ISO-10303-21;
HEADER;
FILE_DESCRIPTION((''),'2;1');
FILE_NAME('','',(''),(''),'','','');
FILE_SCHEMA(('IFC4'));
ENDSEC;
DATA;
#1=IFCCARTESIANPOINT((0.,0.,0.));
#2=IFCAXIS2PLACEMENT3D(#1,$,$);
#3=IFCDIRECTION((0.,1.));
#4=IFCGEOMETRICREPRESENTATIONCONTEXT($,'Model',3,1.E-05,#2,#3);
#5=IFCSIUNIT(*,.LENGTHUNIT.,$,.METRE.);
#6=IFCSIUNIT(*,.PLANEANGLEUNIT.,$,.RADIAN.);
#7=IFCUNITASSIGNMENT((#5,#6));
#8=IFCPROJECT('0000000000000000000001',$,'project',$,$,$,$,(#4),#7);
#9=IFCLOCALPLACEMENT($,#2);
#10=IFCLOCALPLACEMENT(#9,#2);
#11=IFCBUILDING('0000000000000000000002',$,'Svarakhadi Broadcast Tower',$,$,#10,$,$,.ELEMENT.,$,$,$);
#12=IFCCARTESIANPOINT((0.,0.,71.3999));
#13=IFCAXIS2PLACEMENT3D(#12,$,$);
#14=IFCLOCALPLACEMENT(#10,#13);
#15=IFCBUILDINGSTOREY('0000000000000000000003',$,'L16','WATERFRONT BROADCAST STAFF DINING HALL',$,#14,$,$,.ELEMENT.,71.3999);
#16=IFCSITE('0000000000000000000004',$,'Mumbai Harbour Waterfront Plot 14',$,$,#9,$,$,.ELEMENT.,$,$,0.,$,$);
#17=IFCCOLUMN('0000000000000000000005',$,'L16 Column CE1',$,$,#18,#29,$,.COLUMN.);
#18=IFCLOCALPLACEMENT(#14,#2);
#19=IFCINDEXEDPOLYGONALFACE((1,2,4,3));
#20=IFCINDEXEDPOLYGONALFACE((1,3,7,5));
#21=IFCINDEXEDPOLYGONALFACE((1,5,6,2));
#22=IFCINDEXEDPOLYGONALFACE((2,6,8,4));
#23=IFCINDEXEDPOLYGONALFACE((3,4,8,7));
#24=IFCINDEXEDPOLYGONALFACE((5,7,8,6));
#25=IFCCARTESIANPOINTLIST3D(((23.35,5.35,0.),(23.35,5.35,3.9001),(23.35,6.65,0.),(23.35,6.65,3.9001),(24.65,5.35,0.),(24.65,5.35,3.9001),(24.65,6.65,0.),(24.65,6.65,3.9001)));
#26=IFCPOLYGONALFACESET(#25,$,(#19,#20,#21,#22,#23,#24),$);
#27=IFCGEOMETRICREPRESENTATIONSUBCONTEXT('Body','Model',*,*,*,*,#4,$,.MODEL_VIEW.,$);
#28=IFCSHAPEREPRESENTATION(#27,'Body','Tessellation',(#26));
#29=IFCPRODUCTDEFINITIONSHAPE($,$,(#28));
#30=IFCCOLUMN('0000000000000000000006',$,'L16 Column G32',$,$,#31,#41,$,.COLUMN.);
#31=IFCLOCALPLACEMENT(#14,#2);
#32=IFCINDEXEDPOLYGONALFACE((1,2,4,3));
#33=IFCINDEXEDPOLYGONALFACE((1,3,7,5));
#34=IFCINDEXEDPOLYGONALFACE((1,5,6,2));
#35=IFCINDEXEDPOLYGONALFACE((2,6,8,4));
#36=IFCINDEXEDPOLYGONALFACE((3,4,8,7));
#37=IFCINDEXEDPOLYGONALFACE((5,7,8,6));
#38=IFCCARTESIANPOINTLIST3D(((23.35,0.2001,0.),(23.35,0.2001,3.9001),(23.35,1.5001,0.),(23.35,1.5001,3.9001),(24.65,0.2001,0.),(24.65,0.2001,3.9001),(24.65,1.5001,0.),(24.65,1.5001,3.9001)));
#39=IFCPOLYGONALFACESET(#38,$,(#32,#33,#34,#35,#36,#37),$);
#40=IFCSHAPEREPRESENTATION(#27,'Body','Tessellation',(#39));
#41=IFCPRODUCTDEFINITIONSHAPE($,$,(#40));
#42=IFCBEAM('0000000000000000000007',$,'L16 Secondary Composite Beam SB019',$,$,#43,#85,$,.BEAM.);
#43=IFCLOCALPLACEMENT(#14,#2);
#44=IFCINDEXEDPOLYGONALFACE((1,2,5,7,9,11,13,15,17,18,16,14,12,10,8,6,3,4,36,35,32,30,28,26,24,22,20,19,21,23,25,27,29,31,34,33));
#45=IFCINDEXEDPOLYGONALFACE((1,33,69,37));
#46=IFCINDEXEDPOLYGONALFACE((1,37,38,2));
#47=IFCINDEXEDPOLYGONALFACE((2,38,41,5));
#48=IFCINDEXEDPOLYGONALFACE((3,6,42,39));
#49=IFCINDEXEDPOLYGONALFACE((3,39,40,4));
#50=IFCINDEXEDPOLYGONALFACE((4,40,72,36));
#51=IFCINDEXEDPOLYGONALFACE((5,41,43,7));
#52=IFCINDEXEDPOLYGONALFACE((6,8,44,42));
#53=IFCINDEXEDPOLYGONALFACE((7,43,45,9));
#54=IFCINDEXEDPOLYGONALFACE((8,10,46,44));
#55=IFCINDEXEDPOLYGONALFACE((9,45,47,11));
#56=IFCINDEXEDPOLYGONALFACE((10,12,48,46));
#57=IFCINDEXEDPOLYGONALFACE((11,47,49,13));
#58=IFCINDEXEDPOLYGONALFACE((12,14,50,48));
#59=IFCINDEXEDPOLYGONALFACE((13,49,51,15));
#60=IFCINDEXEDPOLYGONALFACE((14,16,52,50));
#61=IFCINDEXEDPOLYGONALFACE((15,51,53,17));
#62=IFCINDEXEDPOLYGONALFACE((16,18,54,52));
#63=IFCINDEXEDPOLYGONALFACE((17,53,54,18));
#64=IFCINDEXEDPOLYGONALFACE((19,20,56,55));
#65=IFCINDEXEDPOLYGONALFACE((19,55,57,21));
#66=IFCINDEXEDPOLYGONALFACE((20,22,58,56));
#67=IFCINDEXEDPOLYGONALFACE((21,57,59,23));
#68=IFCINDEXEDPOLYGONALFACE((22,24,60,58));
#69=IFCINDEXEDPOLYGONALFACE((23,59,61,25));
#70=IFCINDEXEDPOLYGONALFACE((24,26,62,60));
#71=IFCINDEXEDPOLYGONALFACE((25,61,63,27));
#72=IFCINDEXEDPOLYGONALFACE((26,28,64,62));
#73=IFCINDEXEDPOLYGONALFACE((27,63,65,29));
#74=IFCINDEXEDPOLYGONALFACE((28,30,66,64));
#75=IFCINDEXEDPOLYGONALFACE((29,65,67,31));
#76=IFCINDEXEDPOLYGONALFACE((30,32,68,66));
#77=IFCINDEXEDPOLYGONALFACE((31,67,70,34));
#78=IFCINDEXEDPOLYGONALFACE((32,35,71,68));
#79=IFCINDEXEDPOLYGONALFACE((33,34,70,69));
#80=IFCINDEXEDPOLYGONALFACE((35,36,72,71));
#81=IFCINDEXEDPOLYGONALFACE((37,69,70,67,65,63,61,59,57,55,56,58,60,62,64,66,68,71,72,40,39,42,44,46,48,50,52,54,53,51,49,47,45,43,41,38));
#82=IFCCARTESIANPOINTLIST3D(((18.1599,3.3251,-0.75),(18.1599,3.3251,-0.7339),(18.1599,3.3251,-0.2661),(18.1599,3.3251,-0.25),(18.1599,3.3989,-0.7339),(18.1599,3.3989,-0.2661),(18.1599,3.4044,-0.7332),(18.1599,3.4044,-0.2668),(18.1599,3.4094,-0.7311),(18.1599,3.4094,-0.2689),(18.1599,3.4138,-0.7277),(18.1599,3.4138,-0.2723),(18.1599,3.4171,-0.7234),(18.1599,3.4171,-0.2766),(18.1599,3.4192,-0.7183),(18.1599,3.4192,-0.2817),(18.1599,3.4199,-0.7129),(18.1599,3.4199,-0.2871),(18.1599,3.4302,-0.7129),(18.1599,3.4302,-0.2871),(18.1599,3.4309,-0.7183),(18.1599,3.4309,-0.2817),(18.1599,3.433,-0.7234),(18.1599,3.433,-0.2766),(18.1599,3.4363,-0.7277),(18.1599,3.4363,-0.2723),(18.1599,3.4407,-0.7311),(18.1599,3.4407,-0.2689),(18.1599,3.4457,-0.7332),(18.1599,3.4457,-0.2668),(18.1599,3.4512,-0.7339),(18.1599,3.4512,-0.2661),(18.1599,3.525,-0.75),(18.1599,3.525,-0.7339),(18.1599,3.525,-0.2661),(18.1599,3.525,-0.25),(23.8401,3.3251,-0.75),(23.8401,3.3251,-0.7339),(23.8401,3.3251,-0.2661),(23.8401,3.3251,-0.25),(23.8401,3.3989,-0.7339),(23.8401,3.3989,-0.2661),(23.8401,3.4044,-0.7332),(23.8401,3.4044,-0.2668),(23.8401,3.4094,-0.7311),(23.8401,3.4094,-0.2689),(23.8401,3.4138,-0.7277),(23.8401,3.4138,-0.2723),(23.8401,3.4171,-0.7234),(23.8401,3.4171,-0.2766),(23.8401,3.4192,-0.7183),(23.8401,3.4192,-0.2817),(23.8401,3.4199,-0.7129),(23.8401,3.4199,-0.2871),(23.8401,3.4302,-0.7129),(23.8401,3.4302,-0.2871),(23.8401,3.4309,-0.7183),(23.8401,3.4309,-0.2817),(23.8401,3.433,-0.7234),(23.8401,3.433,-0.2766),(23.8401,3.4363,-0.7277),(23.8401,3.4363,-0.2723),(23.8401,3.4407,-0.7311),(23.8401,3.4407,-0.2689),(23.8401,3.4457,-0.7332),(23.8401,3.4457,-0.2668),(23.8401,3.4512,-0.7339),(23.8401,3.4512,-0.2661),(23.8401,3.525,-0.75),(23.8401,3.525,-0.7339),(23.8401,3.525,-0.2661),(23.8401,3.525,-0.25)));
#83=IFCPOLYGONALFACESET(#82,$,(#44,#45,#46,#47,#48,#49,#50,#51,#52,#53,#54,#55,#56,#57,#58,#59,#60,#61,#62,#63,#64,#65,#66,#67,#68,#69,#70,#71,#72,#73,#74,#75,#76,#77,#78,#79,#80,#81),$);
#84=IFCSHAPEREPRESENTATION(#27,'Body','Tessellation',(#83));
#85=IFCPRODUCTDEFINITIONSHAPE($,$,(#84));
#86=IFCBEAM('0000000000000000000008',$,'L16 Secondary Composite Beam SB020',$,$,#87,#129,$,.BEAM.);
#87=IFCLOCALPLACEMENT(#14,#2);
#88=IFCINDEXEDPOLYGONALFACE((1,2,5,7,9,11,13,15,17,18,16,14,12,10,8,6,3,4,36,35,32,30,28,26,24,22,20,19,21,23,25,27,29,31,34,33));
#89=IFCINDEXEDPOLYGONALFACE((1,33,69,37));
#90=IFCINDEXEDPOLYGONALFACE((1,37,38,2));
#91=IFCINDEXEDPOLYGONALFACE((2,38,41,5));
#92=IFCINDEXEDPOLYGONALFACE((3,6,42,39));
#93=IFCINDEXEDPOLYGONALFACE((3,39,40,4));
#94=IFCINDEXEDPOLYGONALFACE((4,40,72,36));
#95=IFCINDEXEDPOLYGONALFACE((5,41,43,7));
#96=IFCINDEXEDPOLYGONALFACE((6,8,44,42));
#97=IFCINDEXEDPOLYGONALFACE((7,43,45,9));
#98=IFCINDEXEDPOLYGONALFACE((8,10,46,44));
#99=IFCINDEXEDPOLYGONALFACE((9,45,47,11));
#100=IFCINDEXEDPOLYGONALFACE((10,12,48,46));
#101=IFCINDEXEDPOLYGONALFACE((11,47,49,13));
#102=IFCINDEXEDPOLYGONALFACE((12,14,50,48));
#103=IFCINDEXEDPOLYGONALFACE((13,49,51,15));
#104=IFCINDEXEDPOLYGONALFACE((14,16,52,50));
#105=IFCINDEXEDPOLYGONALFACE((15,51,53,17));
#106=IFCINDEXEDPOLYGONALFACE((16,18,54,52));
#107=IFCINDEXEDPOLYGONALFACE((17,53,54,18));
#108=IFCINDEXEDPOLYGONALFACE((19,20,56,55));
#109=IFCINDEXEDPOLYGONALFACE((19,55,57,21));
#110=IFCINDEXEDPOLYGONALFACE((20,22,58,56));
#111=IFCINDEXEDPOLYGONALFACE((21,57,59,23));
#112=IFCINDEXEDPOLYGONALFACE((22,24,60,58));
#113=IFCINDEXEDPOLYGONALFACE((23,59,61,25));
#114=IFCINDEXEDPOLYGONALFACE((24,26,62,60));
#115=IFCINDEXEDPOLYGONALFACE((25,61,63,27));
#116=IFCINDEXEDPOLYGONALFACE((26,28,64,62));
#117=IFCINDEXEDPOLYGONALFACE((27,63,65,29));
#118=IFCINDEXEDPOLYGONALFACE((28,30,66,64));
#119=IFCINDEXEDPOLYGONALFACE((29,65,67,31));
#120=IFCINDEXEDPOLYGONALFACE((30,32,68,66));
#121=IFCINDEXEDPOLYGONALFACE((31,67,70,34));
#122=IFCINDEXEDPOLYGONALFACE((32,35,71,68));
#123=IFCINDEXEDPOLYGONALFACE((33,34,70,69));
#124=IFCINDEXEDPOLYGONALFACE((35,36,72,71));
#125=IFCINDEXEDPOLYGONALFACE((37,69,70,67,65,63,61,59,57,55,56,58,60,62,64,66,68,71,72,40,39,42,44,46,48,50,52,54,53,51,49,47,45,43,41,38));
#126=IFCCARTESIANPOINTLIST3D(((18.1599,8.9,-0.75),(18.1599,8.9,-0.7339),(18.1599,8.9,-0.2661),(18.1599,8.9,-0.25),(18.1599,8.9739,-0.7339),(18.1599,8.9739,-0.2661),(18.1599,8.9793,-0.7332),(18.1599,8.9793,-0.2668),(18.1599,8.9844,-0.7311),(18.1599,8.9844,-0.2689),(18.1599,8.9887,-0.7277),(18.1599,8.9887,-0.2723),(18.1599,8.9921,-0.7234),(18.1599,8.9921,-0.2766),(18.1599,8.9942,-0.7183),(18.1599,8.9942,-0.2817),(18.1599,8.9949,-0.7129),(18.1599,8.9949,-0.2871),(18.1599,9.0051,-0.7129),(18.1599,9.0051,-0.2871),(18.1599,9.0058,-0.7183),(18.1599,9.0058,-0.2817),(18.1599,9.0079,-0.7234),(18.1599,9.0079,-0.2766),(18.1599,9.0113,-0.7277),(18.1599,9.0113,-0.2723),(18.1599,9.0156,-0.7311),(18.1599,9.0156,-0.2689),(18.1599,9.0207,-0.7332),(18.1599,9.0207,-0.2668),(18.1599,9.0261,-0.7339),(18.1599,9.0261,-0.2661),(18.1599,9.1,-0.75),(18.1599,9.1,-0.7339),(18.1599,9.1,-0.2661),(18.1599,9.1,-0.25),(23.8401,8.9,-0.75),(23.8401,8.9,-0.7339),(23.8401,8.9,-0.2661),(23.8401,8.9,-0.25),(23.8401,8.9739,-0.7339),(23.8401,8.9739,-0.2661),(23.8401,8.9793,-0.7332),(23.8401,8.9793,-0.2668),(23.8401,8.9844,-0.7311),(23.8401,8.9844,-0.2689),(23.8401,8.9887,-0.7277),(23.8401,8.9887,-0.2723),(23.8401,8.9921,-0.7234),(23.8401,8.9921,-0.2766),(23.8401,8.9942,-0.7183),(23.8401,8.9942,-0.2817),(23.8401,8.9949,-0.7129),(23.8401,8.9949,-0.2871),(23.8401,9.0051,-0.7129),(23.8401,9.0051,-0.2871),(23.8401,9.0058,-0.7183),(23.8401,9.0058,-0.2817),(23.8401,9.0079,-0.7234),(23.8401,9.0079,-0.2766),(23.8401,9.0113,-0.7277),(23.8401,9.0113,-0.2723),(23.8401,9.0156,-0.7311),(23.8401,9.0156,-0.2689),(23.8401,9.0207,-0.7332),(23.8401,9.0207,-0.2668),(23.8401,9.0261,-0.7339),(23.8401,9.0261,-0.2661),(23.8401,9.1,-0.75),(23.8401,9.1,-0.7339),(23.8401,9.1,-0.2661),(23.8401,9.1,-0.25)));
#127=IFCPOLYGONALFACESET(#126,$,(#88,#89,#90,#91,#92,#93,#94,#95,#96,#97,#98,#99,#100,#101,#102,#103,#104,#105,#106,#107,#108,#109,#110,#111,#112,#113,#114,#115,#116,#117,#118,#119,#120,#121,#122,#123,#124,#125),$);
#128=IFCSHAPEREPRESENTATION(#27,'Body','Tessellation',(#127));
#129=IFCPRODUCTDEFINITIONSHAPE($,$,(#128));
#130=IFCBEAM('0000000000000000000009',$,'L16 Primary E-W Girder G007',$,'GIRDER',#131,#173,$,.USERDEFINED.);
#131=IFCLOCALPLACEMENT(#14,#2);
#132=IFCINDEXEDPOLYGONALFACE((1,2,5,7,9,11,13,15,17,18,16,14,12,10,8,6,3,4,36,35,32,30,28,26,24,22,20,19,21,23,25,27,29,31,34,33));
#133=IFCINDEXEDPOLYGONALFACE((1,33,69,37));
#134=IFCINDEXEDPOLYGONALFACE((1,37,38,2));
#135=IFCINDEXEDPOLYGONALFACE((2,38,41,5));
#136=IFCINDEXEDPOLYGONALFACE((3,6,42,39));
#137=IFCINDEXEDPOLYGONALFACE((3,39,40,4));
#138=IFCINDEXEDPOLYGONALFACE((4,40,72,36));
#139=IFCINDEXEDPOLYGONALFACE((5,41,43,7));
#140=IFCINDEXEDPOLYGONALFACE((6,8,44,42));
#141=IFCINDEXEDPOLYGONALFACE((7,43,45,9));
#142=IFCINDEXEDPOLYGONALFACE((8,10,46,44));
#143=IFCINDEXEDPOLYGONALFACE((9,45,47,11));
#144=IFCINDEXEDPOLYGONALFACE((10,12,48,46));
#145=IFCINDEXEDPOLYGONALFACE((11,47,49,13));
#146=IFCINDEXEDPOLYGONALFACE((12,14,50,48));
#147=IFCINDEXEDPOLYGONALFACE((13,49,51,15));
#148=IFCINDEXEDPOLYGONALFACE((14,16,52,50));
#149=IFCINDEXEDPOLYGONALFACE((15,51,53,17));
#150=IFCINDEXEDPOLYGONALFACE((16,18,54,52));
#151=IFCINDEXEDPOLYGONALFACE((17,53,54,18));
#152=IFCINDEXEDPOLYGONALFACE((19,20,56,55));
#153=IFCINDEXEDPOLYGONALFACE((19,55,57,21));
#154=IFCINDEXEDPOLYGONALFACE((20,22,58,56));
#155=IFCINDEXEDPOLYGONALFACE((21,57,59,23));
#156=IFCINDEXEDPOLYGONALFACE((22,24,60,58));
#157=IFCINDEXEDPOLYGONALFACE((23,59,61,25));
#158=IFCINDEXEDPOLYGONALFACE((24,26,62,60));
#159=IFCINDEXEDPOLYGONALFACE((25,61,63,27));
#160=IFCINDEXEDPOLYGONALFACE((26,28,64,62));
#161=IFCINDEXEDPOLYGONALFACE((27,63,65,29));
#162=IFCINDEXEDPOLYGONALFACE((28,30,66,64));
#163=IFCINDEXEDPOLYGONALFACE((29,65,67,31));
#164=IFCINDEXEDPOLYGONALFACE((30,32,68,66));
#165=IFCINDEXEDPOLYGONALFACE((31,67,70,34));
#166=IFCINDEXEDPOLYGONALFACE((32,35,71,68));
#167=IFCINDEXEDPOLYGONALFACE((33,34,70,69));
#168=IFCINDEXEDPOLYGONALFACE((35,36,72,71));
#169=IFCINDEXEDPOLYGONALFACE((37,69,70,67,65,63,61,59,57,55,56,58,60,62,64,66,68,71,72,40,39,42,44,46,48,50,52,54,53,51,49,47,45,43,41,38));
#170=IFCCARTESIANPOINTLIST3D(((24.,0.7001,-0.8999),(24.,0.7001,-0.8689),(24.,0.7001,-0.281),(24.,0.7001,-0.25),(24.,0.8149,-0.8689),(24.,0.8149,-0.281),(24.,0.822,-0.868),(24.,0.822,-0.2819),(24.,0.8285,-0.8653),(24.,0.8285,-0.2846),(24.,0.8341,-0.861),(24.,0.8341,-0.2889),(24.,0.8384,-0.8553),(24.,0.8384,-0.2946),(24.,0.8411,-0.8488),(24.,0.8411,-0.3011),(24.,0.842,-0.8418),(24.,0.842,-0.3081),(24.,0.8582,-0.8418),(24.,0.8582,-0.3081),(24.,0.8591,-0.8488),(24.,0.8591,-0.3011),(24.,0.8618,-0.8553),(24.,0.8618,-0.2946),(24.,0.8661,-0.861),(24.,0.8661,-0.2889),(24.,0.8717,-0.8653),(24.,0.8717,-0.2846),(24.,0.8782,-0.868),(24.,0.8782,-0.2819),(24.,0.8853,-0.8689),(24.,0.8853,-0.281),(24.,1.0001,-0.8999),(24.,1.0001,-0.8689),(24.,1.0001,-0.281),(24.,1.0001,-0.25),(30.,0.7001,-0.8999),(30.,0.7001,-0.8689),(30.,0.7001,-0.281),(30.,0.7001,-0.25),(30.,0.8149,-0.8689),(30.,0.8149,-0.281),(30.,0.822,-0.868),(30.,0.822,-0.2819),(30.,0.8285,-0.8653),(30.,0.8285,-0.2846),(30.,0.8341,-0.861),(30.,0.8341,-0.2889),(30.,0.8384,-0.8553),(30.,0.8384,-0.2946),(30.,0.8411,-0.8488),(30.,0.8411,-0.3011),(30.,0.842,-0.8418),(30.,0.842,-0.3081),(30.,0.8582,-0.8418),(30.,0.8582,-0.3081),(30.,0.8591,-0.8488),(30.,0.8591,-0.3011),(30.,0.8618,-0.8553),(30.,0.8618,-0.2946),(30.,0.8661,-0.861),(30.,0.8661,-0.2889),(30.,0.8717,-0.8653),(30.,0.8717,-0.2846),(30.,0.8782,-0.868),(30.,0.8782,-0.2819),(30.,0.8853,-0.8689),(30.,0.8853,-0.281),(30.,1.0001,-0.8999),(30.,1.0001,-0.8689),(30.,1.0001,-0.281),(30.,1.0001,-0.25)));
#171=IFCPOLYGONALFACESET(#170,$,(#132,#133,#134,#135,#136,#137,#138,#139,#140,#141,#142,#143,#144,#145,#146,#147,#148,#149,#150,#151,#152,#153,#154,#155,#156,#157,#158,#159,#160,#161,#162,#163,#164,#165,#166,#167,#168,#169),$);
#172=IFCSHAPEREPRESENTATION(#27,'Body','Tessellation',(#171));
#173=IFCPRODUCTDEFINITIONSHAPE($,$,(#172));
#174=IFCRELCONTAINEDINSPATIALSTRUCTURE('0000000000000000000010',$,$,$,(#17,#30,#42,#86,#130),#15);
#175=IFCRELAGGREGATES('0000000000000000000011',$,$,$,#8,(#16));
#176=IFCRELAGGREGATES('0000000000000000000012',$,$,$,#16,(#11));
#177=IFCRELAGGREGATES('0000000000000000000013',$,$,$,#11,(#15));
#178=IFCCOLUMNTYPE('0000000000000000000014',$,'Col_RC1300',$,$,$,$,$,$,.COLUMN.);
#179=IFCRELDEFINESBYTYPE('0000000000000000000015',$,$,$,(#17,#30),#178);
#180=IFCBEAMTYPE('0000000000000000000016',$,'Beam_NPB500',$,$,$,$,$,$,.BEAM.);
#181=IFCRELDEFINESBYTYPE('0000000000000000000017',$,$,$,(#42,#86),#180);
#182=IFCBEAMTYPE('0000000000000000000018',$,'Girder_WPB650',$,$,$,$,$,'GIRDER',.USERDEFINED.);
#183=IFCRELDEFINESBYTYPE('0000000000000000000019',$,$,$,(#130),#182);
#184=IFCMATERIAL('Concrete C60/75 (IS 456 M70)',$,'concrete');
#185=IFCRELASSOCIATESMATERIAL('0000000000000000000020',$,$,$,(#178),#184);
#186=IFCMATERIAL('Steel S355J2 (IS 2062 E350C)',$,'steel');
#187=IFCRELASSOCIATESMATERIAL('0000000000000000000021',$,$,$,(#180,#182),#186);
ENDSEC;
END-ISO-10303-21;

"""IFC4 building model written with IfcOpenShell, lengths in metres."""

from ifc_helpers import new_model, si_unit, direction, frame, origin, origin_2d, place, context, subcontext, project, spatial, rectangle, i_section, extrude, material, material_profile, profile_set, type_object, element, save


model = new_model("IFC4")

# Units and contexts
model_context = context("Model", 3, precision=1e-05, world=origin(), true_north=direction((0.0, 1.0)))
body_context = subcontext(model_context, "Body", "Model", "MODEL_VIEW")
ifc_project = project(units=[si_unit("LENGTHUNIT", "METRE"), si_unit("PLANEANGLEUNIT", "RADIAN")], contexts=[model_context])

# Site, building, storey
site_placement = place(None, origin())
site = spatial("IfcSite", under=ifc_project, at=site_placement, Name="Mumbai Harbour Waterfront Plot 14", CompositionType="ELEMENT", RefElevation=0.0)
building_placement = place(site_placement, origin())
building = spatial("IfcBuilding", under=site, at=building_placement, Name="Svarakhadi Broadcast Tower", CompositionType="ELEMENT")
storey_placement = place(building_placement, frame((0.0, 0.0, 71.3999)))
storey = spatial("IfcBuildingStorey", under=building, at=storey_placement, Name="L16", Description="WATERFRONT BROADCAST STAFF DINING HALL", CompositionType="ELEMENT", Elevation=71.3999)

# Columns
ifc_material_1 = material(Name="Concrete C60/75 (IS 456 M70)", Category="concrete")
ifc_material_profile_1 = material_profile(ifc_material_1, rectangle(XDim=1.3, YDim=1.3, at=origin_2d()), Name="RC 1300x1300")
ifc_profile_set_1 = profile_set([ifc_material_profile_1], Name="Concrete C60/75 (IS 456 M70)")
column_type = type_object("IfcColumnType", Name="Col_RC1300", PredefinedType="COLUMN", material=ifc_profile_set_1)
for number, where, z_axis, x_axis, name in (
    (1, (24.0, 6.0, 0.0), (0.0, 0.0, 1.0), (1.0, 0.0, 0.0), "L16 Column CE1"),
    (2, (24.0, 0.8501, 0.0), (0.0, 0.0, 1.0), (1.0, 0.0, 0.0), "L16 Column G32"),
):
    element("IfcColumn", number, at=place(storey_placement, frame(where, z_axis=z_axis, x_axis=x_axis)), inside=storey, type_object=column_type, Name=name, PredefinedType="COLUMN", context=body_context, shape_type="SweptSolid", body=[
        extrude(rectangle(XDim=1.3, YDim=1.3, at=origin_2d()), origin(), (0.0, 0.0, 1.0), 3.9001),
    ])

# Beams
ifc_material_2 = material(Name="Steel S355J2 (IS 2062 E350C)", Category="steel")
ifc_material_profile_2 = material_profile(ifc_material_2, i_section(OverallWidth=0.2, OverallDepth=0.5, WebThickness=0.0103, FlangeThickness=0.0161, FilletRadius=0.021, at=origin_2d()), Name="NPB 500x200x91")
ifc_profile_set_2 = profile_set([ifc_material_profile_2], Name="Steel S355J2 (IS 2062 E350C)")
beam_type_1 = type_object("IfcBeamType", Name="Beam_NPB500", PredefinedType="BEAM", material=ifc_profile_set_2)
for number, where, z_axis, x_axis, name in (
    (3, (18.1599, 3.425, -0.5), (1.0, 0.0, 0.0), (0.0, 1.0, 0.0), "L16 Secondary Composite Beam SB019"),
    (4, (18.1599, 9.0, -0.5), (1.0, 0.0, 0.0), (0.0, 1.0, 0.0), "L16 Secondary Composite Beam SB020"),
):
    element("IfcBeam", number, at=place(storey_placement, frame(where, z_axis=z_axis, x_axis=x_axis)), inside=storey, type_object=beam_type_1, Name=name, PredefinedType="BEAM", context=body_context, shape_type="SweptSolid", body=[
        extrude(i_section(OverallWidth=0.2, OverallDepth=0.5, WebThickness=0.0103, FlangeThickness=0.0161, FilletRadius=0.021, at=origin_2d()), origin(), (0.0, 0.0, 1.0), 5.6802),
    ])
ifc_material_profile_3 = material_profile(ifc_material_2, i_section(OverallWidth=0.3, OverallDepth=0.6499, WebThickness=0.0161, FlangeThickness=0.031, FilletRadius=0.0271, at=origin_2d()), Name="WPB 650x300x225")
ifc_profile_set_3 = profile_set([ifc_material_profile_3], Name="Steel S355J2 (IS 2062 E350C)")
beam_type_2 = type_object("IfcBeamType", Name="Girder_WPB650", ElementType="GIRDER", PredefinedType="USERDEFINED", material=ifc_profile_set_3)
beam_1_placement = place(storey_placement, frame((24.0, 0.8501, -0.575), z_axis=(1.0, 0.0, 0.0), x_axis=(0.0, 1.0, 0.0)))
element("IfcBeam", 5, at=beam_1_placement, inside=storey, type_object=beam_type_2, Name="L16 Primary E-W Girder G007", ObjectType="GIRDER", PredefinedType="USERDEFINED", context=body_context, shape_type="SweptSolid", body=[
    extrude(i_section(OverallWidth=0.3, OverallDepth=0.6499, WebThickness=0.0161, FlangeThickness=0.031, FilletRadius=0.0271, at=origin_2d()), origin(), (0.0, 0.0, 1.0), 6.0),
])

save(model, "model.ifc")
